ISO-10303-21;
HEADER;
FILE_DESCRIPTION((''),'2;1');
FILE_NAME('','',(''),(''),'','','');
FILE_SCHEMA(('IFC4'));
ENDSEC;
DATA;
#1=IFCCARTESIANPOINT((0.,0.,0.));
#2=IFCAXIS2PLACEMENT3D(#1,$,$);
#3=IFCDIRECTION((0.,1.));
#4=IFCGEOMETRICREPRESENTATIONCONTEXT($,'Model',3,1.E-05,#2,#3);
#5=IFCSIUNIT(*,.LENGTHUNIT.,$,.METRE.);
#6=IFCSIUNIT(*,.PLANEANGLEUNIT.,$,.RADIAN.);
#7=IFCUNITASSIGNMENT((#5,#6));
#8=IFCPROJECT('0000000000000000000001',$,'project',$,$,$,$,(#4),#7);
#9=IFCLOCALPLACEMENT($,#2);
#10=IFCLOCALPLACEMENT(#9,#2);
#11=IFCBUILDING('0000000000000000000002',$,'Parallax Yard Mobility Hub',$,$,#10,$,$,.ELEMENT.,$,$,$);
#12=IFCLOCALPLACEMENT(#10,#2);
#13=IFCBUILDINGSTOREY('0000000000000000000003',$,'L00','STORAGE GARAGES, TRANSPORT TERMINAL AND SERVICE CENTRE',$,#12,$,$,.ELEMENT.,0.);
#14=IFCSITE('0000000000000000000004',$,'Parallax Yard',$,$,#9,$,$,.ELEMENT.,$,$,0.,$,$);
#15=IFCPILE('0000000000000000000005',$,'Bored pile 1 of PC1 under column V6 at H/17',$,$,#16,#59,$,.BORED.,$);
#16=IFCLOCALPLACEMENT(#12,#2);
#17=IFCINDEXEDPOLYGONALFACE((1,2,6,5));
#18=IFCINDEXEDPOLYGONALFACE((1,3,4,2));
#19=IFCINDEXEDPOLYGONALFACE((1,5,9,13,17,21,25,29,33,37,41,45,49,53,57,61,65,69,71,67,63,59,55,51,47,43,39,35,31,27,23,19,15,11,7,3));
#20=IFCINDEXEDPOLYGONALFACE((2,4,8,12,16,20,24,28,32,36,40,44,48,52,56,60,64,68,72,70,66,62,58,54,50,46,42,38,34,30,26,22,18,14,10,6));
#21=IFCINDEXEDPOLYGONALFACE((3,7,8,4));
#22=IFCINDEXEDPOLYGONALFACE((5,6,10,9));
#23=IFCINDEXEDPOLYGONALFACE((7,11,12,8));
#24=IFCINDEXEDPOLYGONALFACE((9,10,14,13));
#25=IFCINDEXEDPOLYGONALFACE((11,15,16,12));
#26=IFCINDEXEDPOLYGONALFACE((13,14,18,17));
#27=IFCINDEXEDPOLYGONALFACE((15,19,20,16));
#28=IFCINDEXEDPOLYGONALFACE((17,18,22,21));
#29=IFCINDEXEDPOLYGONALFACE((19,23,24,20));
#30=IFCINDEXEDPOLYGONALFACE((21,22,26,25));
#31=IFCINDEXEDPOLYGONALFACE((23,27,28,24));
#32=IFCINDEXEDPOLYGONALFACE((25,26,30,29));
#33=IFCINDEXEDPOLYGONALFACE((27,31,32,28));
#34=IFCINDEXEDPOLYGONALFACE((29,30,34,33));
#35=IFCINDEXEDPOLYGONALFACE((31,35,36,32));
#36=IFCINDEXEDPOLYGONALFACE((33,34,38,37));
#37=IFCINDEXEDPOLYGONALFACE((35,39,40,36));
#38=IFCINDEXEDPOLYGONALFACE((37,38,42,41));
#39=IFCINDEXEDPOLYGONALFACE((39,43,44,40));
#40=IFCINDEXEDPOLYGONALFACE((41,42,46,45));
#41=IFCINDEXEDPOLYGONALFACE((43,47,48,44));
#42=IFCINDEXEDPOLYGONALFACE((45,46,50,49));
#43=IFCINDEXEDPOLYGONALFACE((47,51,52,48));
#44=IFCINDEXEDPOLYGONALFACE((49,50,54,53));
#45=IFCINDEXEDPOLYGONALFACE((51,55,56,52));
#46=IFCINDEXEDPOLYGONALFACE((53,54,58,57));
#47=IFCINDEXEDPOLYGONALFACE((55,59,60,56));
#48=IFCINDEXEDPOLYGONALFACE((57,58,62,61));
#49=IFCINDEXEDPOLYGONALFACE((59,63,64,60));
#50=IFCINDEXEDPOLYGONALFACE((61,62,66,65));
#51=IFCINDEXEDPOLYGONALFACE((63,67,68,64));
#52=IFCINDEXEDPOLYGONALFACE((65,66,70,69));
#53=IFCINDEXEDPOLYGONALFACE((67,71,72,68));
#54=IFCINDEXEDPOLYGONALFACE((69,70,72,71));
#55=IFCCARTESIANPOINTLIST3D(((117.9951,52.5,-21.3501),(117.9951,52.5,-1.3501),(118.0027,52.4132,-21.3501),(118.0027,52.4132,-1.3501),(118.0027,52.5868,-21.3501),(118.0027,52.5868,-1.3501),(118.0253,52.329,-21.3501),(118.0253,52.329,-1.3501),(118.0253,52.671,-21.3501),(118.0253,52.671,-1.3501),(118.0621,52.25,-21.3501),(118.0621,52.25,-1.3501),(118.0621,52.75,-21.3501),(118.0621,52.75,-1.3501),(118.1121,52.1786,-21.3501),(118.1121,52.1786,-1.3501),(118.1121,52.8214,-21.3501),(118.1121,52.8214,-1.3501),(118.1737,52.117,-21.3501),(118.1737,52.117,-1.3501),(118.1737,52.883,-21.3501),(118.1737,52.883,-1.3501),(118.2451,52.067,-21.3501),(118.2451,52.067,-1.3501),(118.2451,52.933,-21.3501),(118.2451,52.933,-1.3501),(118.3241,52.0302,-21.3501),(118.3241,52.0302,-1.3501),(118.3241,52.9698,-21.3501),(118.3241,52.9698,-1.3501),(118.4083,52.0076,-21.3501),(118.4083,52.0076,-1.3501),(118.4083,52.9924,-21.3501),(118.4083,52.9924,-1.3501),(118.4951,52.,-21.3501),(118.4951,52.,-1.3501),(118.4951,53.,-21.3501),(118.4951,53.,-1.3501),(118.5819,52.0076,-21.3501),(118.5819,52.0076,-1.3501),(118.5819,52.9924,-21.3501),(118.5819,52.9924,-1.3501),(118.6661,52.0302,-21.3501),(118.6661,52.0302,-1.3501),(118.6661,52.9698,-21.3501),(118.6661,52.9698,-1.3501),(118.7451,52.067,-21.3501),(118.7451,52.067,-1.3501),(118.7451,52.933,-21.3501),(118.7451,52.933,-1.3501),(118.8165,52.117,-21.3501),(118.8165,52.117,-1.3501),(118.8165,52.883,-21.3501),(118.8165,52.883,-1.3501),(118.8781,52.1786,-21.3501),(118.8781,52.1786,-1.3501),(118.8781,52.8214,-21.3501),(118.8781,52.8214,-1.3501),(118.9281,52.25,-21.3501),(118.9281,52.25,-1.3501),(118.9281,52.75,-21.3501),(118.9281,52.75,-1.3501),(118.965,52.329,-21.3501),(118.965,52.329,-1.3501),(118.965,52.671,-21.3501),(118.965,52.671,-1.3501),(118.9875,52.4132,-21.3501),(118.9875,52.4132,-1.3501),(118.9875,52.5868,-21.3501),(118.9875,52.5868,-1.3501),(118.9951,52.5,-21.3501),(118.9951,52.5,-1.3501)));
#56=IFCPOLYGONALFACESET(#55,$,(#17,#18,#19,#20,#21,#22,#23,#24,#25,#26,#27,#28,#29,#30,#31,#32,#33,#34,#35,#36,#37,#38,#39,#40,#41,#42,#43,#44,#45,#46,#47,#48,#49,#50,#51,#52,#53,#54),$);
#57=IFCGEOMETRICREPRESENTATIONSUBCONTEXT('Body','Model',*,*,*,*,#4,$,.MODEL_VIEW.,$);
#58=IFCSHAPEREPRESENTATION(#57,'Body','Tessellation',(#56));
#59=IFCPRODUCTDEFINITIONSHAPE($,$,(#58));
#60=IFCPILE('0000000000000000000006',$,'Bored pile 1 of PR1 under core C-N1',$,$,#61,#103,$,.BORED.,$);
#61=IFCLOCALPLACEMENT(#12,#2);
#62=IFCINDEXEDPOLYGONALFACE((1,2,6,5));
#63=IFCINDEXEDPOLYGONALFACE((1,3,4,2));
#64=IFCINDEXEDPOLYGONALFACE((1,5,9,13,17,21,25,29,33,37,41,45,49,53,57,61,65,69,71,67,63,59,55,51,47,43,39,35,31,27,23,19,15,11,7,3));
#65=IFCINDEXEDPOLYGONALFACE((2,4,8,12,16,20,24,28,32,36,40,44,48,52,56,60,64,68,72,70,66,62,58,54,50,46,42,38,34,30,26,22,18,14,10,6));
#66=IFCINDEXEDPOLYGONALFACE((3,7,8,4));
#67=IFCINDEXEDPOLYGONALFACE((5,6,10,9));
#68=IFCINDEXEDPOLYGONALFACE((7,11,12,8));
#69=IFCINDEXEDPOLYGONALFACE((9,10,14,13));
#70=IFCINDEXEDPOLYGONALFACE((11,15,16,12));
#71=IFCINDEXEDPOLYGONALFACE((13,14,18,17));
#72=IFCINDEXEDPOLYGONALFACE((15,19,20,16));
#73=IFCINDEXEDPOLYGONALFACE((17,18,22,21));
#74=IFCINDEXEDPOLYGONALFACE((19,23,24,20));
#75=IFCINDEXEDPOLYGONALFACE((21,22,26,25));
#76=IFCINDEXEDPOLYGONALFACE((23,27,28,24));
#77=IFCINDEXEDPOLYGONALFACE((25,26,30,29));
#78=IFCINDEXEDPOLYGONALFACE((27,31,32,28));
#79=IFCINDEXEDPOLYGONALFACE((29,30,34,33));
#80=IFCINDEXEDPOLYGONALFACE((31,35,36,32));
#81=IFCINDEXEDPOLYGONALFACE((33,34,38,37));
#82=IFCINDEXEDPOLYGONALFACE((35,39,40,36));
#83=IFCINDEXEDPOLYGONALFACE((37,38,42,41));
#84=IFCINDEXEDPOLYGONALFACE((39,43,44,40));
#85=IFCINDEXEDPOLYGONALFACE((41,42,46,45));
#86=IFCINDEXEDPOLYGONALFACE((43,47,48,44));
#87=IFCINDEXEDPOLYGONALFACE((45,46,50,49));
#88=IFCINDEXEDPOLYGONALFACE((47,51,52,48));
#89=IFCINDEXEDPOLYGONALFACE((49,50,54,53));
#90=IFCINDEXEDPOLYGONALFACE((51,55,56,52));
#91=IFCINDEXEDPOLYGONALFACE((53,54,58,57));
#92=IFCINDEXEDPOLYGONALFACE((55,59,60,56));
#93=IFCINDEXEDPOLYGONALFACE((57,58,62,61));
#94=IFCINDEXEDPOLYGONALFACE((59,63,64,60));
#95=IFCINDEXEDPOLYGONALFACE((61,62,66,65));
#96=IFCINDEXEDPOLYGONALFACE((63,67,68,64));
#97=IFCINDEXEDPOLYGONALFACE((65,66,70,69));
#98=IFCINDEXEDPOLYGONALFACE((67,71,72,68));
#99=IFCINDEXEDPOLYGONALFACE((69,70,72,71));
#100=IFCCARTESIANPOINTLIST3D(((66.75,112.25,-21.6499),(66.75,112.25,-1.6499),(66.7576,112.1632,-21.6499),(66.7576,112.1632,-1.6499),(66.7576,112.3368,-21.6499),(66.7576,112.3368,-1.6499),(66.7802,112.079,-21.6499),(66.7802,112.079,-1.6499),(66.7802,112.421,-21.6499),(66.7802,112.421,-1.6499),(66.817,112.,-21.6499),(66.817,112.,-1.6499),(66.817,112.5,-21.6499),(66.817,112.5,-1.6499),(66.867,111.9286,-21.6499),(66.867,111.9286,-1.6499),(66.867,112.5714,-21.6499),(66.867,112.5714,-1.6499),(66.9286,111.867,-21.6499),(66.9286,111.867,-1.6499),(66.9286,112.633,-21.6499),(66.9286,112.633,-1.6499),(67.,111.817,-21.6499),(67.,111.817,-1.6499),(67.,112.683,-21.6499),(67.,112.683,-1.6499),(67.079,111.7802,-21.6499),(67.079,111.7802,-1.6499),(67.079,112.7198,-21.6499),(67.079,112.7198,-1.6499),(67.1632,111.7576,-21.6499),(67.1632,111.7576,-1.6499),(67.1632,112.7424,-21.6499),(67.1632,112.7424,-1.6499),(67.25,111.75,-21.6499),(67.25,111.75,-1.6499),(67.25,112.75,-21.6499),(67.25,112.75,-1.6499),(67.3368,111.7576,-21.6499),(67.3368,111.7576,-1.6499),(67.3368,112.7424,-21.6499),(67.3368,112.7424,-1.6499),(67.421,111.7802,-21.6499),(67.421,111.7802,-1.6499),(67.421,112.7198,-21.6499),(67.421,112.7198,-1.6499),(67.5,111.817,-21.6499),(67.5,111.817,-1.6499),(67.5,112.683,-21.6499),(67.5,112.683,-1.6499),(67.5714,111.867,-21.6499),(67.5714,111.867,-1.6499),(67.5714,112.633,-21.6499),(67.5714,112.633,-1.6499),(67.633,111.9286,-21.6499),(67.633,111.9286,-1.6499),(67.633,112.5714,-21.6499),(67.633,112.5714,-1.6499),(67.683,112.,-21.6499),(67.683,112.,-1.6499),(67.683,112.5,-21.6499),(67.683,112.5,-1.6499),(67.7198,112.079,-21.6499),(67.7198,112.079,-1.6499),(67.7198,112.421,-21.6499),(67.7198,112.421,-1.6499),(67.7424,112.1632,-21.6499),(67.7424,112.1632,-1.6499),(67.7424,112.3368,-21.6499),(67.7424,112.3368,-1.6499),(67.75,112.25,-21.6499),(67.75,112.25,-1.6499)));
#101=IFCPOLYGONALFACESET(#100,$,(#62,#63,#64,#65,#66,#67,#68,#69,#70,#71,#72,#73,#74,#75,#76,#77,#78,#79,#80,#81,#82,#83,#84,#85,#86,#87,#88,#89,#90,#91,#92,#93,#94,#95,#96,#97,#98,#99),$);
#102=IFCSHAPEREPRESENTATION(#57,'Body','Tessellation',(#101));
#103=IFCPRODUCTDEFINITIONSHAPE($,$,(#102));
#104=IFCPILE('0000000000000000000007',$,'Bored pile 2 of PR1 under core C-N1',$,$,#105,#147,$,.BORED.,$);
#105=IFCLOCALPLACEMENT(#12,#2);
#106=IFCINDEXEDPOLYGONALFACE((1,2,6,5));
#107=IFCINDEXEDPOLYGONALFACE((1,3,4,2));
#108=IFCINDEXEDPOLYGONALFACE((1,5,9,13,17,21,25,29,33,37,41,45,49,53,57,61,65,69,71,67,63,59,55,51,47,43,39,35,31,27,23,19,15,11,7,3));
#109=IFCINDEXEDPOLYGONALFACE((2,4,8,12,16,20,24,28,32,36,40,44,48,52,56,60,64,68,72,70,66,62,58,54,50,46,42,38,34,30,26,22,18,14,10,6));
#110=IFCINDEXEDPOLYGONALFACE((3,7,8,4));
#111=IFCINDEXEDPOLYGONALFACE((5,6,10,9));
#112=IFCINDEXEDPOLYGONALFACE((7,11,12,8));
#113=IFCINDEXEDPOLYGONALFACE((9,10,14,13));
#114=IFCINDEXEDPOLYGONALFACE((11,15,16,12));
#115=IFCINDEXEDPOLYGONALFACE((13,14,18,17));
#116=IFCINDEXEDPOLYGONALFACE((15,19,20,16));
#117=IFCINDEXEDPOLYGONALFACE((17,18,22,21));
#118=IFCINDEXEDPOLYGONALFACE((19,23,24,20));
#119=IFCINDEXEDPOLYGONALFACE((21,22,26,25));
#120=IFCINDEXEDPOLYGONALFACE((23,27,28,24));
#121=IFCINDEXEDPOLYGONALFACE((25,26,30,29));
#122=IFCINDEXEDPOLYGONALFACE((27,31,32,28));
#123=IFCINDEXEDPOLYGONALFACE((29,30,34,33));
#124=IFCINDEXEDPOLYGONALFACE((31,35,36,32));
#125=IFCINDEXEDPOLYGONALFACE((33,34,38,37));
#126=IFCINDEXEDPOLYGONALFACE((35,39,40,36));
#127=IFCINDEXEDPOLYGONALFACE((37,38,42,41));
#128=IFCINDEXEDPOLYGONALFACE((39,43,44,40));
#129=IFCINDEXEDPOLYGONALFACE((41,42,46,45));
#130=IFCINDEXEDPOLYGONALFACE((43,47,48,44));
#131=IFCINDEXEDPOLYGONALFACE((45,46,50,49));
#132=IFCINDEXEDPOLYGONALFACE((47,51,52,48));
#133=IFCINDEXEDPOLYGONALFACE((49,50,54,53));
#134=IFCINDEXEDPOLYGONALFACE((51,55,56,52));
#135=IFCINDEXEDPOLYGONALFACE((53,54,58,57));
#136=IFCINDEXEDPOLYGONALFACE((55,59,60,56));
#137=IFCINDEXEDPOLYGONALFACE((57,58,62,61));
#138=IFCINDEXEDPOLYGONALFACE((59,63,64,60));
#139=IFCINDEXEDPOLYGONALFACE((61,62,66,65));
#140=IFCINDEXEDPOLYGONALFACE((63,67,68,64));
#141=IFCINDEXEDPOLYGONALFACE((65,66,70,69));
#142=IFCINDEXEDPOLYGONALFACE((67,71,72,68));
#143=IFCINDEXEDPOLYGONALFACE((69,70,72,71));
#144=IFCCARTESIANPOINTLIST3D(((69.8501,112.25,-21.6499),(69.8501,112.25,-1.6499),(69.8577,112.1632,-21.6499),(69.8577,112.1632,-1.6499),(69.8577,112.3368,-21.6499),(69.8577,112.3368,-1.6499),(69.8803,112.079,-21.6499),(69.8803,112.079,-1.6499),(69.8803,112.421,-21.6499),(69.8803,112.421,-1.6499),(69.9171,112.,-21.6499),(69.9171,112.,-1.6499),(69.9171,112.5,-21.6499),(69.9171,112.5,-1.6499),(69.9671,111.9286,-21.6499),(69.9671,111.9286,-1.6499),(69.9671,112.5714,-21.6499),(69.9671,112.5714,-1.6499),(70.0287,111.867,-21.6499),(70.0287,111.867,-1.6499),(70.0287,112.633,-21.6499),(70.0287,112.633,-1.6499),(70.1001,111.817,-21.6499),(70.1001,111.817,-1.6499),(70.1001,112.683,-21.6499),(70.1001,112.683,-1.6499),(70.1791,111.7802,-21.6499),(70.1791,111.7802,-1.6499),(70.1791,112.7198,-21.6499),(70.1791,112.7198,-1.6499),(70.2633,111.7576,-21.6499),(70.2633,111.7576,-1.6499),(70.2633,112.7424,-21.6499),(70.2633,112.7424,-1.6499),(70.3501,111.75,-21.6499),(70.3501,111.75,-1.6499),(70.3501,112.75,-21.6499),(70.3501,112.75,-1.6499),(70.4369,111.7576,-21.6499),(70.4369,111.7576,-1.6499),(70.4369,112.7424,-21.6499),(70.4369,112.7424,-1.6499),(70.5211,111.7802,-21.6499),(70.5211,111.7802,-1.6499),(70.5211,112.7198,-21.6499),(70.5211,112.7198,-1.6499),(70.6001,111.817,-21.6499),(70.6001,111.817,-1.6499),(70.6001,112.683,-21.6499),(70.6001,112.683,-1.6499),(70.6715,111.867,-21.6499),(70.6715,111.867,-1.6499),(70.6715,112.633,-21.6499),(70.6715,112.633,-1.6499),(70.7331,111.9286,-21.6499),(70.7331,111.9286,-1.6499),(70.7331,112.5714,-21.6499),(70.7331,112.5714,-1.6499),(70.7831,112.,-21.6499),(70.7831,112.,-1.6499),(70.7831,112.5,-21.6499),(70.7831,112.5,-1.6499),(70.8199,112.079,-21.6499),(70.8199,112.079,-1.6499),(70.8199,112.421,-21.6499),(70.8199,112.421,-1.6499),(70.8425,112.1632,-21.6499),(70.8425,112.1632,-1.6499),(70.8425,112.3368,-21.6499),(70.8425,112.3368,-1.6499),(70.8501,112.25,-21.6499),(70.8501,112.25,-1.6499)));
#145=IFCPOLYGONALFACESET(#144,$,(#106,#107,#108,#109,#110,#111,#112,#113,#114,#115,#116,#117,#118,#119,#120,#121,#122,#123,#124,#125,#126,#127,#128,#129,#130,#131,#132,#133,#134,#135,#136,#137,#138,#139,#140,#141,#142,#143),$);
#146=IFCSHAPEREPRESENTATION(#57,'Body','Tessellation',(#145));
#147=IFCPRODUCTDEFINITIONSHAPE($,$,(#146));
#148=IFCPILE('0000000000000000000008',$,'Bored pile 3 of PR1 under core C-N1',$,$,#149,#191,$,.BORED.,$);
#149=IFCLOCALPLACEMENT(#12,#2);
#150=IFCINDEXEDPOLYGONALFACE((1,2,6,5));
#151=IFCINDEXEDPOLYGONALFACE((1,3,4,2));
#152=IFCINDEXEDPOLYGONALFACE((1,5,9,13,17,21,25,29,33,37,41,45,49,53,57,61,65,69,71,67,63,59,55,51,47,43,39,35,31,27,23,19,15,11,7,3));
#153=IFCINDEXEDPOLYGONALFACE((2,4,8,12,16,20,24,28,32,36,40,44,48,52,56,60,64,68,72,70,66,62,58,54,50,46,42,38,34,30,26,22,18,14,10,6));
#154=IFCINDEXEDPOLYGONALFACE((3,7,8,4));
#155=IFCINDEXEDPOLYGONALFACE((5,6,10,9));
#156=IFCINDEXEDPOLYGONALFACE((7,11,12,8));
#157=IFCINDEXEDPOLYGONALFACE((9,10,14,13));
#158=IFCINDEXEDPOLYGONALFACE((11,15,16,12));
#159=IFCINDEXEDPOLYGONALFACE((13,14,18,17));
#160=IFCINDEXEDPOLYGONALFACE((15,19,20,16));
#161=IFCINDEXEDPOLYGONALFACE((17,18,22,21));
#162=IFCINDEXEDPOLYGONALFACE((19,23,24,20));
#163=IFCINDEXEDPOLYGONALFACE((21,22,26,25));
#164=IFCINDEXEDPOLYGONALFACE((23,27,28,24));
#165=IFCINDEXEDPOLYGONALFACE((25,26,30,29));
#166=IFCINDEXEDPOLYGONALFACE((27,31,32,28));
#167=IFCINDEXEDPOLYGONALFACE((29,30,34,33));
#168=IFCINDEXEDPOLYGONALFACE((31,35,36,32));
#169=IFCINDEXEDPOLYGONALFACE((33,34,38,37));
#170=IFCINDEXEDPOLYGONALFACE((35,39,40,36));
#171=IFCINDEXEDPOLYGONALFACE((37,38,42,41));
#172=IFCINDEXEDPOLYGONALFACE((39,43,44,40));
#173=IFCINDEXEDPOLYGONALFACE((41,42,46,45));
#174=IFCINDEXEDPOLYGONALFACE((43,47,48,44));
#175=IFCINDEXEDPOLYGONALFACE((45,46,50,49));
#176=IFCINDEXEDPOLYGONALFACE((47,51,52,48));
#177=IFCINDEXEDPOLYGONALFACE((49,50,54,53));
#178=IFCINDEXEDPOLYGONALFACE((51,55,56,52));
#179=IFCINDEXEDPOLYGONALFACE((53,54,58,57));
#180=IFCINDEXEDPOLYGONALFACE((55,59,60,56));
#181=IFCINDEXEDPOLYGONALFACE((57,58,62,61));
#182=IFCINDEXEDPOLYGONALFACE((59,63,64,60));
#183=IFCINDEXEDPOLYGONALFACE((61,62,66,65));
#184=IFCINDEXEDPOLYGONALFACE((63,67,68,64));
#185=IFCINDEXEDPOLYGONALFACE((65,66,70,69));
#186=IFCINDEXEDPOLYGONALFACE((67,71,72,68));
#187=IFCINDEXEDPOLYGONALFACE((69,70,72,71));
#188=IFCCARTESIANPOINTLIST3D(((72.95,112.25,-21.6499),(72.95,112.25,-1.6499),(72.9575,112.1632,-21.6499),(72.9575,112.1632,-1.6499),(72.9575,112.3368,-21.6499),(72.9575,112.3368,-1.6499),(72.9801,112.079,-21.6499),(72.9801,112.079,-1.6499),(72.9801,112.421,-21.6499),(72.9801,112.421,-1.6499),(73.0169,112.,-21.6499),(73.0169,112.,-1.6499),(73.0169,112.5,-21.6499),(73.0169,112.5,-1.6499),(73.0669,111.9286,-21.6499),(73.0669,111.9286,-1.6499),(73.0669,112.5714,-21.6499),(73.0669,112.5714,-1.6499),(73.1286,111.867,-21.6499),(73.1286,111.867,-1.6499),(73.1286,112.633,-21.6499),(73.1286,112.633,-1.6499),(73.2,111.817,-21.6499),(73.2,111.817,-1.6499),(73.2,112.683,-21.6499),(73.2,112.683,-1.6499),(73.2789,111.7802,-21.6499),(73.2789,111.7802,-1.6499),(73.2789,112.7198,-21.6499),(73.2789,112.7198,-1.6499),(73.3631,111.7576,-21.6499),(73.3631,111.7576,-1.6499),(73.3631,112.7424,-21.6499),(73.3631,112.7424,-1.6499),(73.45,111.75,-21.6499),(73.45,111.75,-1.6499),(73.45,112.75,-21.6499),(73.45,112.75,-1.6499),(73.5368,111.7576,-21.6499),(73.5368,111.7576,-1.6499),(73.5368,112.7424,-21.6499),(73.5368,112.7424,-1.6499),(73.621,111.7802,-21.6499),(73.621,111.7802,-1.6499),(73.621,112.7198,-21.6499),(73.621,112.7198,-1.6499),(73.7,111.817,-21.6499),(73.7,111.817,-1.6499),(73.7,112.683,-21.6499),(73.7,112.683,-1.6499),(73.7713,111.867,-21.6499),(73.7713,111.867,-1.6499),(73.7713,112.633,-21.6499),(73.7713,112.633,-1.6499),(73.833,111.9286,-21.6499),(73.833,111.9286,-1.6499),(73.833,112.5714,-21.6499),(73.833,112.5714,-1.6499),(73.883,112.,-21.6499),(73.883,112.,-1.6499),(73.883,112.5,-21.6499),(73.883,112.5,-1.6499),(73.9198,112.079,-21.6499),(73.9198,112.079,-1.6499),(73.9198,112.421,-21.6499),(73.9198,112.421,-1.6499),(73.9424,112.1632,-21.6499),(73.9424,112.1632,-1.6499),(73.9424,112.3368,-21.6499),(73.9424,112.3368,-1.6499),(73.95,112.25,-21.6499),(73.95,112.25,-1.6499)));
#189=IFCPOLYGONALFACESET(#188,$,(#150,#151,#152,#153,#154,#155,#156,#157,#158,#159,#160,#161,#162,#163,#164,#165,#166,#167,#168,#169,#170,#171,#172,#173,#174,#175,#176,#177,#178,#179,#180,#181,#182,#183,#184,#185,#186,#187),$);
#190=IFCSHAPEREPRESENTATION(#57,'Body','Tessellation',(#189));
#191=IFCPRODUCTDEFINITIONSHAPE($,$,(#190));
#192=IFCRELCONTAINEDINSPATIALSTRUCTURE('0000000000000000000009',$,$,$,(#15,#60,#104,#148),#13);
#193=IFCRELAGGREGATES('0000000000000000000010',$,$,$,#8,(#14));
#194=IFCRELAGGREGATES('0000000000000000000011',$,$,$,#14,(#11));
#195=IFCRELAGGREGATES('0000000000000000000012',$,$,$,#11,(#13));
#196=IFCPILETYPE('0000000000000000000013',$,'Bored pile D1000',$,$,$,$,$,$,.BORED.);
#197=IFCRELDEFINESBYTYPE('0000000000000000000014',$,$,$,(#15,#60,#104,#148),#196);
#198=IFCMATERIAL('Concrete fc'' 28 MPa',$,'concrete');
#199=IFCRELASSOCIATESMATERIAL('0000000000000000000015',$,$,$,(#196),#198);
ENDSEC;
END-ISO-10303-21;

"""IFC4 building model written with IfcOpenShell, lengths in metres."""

from ifc_helpers import new_model, si_unit, direction, frame, origin, origin_2d, place, context, subcontext, project, spatial, circle, extrude, material, material_profile, profile_set, type_object, element, save


model = new_model("IFC4")

# Units and contexts
model_context = context("Model", 3, precision=1e-05, world=origin(), true_north=direction((0.0, 1.0)))
body_context = subcontext(model_context, "Body", "Model", "MODEL_VIEW")
ifc_project = project(units=[si_unit("LENGTHUNIT", "METRE"), si_unit("PLANEANGLEUNIT", "RADIAN")], contexts=[model_context])

# Site, building, storey
site_placement = place(None, origin())
site = spatial("IfcSite", under=ifc_project, at=site_placement, Name="Parallax Yard", CompositionType="ELEMENT", RefElevation=0.0)
building_placement = place(site_placement, origin())
building = spatial("IfcBuilding", under=site, at=building_placement, Name="Parallax Yard Mobility Hub", CompositionType="ELEMENT")
storey_placement = place(building_placement, origin())
storey = spatial("IfcBuildingStorey", under=building, at=storey_placement, Name="L00", Description="STORAGE GARAGES, TRANSPORT TERMINAL AND SERVICE CENTRE", CompositionType="ELEMENT", Elevation=0.0)

# Piles
ifc_material_1 = material(Name="Concrete fc' 28 MPa", Category="concrete")
ifc_material_profile_1 = material_profile(ifc_material_1, circle(Radius=0.5, at=origin_2d()), Name="Bored pile D1000")
ifc_profile_set_1 = profile_set([ifc_material_profile_1], Name="Concrete fc' 28 MPa")
pile_type = type_object("IfcPileType", Name="Bored pile D1000", PredefinedType="BORED", material=ifc_profile_set_1)
for number, where, z_axis, x_axis, name in (
    (1, (118.4951, 52.5, -1.3501), (0.0, 0.0, -1.0), (1.0, 0.0, 0.0), "Bored pile 1 of PC1 under column V6 at H/17"),
    (2, (67.25, 112.25, -1.6499), (0.0, 0.0, -1.0), (1.0, 0.0, 0.0), "Bored pile 1 of PR1 under core C-N1"),
    (3, (70.3501, 112.25, -1.6499), (0.0, 0.0, -1.0), (1.0, 0.0, 0.0), "Bored pile 2 of PR1 under core C-N1"),
    (4, (73.45, 112.25, -1.6499), (0.0, 0.0, -1.0), (1.0, 0.0, 0.0), "Bored pile 3 of PR1 under core C-N1"),
):
    element("IfcPile", number, at=place(storey_placement, frame(where, z_axis=z_axis, x_axis=x_axis)), inside=storey, type_object=pile_type, Name=name, PredefinedType="BORED", context=body_context, shape_type="SweptSolid", body=[
        extrude(circle(Radius=0.5, at=origin_2d()), origin(), (0.0, 0.0, 1.0), 20.0),
    ])

save(model, "model.ifc")
